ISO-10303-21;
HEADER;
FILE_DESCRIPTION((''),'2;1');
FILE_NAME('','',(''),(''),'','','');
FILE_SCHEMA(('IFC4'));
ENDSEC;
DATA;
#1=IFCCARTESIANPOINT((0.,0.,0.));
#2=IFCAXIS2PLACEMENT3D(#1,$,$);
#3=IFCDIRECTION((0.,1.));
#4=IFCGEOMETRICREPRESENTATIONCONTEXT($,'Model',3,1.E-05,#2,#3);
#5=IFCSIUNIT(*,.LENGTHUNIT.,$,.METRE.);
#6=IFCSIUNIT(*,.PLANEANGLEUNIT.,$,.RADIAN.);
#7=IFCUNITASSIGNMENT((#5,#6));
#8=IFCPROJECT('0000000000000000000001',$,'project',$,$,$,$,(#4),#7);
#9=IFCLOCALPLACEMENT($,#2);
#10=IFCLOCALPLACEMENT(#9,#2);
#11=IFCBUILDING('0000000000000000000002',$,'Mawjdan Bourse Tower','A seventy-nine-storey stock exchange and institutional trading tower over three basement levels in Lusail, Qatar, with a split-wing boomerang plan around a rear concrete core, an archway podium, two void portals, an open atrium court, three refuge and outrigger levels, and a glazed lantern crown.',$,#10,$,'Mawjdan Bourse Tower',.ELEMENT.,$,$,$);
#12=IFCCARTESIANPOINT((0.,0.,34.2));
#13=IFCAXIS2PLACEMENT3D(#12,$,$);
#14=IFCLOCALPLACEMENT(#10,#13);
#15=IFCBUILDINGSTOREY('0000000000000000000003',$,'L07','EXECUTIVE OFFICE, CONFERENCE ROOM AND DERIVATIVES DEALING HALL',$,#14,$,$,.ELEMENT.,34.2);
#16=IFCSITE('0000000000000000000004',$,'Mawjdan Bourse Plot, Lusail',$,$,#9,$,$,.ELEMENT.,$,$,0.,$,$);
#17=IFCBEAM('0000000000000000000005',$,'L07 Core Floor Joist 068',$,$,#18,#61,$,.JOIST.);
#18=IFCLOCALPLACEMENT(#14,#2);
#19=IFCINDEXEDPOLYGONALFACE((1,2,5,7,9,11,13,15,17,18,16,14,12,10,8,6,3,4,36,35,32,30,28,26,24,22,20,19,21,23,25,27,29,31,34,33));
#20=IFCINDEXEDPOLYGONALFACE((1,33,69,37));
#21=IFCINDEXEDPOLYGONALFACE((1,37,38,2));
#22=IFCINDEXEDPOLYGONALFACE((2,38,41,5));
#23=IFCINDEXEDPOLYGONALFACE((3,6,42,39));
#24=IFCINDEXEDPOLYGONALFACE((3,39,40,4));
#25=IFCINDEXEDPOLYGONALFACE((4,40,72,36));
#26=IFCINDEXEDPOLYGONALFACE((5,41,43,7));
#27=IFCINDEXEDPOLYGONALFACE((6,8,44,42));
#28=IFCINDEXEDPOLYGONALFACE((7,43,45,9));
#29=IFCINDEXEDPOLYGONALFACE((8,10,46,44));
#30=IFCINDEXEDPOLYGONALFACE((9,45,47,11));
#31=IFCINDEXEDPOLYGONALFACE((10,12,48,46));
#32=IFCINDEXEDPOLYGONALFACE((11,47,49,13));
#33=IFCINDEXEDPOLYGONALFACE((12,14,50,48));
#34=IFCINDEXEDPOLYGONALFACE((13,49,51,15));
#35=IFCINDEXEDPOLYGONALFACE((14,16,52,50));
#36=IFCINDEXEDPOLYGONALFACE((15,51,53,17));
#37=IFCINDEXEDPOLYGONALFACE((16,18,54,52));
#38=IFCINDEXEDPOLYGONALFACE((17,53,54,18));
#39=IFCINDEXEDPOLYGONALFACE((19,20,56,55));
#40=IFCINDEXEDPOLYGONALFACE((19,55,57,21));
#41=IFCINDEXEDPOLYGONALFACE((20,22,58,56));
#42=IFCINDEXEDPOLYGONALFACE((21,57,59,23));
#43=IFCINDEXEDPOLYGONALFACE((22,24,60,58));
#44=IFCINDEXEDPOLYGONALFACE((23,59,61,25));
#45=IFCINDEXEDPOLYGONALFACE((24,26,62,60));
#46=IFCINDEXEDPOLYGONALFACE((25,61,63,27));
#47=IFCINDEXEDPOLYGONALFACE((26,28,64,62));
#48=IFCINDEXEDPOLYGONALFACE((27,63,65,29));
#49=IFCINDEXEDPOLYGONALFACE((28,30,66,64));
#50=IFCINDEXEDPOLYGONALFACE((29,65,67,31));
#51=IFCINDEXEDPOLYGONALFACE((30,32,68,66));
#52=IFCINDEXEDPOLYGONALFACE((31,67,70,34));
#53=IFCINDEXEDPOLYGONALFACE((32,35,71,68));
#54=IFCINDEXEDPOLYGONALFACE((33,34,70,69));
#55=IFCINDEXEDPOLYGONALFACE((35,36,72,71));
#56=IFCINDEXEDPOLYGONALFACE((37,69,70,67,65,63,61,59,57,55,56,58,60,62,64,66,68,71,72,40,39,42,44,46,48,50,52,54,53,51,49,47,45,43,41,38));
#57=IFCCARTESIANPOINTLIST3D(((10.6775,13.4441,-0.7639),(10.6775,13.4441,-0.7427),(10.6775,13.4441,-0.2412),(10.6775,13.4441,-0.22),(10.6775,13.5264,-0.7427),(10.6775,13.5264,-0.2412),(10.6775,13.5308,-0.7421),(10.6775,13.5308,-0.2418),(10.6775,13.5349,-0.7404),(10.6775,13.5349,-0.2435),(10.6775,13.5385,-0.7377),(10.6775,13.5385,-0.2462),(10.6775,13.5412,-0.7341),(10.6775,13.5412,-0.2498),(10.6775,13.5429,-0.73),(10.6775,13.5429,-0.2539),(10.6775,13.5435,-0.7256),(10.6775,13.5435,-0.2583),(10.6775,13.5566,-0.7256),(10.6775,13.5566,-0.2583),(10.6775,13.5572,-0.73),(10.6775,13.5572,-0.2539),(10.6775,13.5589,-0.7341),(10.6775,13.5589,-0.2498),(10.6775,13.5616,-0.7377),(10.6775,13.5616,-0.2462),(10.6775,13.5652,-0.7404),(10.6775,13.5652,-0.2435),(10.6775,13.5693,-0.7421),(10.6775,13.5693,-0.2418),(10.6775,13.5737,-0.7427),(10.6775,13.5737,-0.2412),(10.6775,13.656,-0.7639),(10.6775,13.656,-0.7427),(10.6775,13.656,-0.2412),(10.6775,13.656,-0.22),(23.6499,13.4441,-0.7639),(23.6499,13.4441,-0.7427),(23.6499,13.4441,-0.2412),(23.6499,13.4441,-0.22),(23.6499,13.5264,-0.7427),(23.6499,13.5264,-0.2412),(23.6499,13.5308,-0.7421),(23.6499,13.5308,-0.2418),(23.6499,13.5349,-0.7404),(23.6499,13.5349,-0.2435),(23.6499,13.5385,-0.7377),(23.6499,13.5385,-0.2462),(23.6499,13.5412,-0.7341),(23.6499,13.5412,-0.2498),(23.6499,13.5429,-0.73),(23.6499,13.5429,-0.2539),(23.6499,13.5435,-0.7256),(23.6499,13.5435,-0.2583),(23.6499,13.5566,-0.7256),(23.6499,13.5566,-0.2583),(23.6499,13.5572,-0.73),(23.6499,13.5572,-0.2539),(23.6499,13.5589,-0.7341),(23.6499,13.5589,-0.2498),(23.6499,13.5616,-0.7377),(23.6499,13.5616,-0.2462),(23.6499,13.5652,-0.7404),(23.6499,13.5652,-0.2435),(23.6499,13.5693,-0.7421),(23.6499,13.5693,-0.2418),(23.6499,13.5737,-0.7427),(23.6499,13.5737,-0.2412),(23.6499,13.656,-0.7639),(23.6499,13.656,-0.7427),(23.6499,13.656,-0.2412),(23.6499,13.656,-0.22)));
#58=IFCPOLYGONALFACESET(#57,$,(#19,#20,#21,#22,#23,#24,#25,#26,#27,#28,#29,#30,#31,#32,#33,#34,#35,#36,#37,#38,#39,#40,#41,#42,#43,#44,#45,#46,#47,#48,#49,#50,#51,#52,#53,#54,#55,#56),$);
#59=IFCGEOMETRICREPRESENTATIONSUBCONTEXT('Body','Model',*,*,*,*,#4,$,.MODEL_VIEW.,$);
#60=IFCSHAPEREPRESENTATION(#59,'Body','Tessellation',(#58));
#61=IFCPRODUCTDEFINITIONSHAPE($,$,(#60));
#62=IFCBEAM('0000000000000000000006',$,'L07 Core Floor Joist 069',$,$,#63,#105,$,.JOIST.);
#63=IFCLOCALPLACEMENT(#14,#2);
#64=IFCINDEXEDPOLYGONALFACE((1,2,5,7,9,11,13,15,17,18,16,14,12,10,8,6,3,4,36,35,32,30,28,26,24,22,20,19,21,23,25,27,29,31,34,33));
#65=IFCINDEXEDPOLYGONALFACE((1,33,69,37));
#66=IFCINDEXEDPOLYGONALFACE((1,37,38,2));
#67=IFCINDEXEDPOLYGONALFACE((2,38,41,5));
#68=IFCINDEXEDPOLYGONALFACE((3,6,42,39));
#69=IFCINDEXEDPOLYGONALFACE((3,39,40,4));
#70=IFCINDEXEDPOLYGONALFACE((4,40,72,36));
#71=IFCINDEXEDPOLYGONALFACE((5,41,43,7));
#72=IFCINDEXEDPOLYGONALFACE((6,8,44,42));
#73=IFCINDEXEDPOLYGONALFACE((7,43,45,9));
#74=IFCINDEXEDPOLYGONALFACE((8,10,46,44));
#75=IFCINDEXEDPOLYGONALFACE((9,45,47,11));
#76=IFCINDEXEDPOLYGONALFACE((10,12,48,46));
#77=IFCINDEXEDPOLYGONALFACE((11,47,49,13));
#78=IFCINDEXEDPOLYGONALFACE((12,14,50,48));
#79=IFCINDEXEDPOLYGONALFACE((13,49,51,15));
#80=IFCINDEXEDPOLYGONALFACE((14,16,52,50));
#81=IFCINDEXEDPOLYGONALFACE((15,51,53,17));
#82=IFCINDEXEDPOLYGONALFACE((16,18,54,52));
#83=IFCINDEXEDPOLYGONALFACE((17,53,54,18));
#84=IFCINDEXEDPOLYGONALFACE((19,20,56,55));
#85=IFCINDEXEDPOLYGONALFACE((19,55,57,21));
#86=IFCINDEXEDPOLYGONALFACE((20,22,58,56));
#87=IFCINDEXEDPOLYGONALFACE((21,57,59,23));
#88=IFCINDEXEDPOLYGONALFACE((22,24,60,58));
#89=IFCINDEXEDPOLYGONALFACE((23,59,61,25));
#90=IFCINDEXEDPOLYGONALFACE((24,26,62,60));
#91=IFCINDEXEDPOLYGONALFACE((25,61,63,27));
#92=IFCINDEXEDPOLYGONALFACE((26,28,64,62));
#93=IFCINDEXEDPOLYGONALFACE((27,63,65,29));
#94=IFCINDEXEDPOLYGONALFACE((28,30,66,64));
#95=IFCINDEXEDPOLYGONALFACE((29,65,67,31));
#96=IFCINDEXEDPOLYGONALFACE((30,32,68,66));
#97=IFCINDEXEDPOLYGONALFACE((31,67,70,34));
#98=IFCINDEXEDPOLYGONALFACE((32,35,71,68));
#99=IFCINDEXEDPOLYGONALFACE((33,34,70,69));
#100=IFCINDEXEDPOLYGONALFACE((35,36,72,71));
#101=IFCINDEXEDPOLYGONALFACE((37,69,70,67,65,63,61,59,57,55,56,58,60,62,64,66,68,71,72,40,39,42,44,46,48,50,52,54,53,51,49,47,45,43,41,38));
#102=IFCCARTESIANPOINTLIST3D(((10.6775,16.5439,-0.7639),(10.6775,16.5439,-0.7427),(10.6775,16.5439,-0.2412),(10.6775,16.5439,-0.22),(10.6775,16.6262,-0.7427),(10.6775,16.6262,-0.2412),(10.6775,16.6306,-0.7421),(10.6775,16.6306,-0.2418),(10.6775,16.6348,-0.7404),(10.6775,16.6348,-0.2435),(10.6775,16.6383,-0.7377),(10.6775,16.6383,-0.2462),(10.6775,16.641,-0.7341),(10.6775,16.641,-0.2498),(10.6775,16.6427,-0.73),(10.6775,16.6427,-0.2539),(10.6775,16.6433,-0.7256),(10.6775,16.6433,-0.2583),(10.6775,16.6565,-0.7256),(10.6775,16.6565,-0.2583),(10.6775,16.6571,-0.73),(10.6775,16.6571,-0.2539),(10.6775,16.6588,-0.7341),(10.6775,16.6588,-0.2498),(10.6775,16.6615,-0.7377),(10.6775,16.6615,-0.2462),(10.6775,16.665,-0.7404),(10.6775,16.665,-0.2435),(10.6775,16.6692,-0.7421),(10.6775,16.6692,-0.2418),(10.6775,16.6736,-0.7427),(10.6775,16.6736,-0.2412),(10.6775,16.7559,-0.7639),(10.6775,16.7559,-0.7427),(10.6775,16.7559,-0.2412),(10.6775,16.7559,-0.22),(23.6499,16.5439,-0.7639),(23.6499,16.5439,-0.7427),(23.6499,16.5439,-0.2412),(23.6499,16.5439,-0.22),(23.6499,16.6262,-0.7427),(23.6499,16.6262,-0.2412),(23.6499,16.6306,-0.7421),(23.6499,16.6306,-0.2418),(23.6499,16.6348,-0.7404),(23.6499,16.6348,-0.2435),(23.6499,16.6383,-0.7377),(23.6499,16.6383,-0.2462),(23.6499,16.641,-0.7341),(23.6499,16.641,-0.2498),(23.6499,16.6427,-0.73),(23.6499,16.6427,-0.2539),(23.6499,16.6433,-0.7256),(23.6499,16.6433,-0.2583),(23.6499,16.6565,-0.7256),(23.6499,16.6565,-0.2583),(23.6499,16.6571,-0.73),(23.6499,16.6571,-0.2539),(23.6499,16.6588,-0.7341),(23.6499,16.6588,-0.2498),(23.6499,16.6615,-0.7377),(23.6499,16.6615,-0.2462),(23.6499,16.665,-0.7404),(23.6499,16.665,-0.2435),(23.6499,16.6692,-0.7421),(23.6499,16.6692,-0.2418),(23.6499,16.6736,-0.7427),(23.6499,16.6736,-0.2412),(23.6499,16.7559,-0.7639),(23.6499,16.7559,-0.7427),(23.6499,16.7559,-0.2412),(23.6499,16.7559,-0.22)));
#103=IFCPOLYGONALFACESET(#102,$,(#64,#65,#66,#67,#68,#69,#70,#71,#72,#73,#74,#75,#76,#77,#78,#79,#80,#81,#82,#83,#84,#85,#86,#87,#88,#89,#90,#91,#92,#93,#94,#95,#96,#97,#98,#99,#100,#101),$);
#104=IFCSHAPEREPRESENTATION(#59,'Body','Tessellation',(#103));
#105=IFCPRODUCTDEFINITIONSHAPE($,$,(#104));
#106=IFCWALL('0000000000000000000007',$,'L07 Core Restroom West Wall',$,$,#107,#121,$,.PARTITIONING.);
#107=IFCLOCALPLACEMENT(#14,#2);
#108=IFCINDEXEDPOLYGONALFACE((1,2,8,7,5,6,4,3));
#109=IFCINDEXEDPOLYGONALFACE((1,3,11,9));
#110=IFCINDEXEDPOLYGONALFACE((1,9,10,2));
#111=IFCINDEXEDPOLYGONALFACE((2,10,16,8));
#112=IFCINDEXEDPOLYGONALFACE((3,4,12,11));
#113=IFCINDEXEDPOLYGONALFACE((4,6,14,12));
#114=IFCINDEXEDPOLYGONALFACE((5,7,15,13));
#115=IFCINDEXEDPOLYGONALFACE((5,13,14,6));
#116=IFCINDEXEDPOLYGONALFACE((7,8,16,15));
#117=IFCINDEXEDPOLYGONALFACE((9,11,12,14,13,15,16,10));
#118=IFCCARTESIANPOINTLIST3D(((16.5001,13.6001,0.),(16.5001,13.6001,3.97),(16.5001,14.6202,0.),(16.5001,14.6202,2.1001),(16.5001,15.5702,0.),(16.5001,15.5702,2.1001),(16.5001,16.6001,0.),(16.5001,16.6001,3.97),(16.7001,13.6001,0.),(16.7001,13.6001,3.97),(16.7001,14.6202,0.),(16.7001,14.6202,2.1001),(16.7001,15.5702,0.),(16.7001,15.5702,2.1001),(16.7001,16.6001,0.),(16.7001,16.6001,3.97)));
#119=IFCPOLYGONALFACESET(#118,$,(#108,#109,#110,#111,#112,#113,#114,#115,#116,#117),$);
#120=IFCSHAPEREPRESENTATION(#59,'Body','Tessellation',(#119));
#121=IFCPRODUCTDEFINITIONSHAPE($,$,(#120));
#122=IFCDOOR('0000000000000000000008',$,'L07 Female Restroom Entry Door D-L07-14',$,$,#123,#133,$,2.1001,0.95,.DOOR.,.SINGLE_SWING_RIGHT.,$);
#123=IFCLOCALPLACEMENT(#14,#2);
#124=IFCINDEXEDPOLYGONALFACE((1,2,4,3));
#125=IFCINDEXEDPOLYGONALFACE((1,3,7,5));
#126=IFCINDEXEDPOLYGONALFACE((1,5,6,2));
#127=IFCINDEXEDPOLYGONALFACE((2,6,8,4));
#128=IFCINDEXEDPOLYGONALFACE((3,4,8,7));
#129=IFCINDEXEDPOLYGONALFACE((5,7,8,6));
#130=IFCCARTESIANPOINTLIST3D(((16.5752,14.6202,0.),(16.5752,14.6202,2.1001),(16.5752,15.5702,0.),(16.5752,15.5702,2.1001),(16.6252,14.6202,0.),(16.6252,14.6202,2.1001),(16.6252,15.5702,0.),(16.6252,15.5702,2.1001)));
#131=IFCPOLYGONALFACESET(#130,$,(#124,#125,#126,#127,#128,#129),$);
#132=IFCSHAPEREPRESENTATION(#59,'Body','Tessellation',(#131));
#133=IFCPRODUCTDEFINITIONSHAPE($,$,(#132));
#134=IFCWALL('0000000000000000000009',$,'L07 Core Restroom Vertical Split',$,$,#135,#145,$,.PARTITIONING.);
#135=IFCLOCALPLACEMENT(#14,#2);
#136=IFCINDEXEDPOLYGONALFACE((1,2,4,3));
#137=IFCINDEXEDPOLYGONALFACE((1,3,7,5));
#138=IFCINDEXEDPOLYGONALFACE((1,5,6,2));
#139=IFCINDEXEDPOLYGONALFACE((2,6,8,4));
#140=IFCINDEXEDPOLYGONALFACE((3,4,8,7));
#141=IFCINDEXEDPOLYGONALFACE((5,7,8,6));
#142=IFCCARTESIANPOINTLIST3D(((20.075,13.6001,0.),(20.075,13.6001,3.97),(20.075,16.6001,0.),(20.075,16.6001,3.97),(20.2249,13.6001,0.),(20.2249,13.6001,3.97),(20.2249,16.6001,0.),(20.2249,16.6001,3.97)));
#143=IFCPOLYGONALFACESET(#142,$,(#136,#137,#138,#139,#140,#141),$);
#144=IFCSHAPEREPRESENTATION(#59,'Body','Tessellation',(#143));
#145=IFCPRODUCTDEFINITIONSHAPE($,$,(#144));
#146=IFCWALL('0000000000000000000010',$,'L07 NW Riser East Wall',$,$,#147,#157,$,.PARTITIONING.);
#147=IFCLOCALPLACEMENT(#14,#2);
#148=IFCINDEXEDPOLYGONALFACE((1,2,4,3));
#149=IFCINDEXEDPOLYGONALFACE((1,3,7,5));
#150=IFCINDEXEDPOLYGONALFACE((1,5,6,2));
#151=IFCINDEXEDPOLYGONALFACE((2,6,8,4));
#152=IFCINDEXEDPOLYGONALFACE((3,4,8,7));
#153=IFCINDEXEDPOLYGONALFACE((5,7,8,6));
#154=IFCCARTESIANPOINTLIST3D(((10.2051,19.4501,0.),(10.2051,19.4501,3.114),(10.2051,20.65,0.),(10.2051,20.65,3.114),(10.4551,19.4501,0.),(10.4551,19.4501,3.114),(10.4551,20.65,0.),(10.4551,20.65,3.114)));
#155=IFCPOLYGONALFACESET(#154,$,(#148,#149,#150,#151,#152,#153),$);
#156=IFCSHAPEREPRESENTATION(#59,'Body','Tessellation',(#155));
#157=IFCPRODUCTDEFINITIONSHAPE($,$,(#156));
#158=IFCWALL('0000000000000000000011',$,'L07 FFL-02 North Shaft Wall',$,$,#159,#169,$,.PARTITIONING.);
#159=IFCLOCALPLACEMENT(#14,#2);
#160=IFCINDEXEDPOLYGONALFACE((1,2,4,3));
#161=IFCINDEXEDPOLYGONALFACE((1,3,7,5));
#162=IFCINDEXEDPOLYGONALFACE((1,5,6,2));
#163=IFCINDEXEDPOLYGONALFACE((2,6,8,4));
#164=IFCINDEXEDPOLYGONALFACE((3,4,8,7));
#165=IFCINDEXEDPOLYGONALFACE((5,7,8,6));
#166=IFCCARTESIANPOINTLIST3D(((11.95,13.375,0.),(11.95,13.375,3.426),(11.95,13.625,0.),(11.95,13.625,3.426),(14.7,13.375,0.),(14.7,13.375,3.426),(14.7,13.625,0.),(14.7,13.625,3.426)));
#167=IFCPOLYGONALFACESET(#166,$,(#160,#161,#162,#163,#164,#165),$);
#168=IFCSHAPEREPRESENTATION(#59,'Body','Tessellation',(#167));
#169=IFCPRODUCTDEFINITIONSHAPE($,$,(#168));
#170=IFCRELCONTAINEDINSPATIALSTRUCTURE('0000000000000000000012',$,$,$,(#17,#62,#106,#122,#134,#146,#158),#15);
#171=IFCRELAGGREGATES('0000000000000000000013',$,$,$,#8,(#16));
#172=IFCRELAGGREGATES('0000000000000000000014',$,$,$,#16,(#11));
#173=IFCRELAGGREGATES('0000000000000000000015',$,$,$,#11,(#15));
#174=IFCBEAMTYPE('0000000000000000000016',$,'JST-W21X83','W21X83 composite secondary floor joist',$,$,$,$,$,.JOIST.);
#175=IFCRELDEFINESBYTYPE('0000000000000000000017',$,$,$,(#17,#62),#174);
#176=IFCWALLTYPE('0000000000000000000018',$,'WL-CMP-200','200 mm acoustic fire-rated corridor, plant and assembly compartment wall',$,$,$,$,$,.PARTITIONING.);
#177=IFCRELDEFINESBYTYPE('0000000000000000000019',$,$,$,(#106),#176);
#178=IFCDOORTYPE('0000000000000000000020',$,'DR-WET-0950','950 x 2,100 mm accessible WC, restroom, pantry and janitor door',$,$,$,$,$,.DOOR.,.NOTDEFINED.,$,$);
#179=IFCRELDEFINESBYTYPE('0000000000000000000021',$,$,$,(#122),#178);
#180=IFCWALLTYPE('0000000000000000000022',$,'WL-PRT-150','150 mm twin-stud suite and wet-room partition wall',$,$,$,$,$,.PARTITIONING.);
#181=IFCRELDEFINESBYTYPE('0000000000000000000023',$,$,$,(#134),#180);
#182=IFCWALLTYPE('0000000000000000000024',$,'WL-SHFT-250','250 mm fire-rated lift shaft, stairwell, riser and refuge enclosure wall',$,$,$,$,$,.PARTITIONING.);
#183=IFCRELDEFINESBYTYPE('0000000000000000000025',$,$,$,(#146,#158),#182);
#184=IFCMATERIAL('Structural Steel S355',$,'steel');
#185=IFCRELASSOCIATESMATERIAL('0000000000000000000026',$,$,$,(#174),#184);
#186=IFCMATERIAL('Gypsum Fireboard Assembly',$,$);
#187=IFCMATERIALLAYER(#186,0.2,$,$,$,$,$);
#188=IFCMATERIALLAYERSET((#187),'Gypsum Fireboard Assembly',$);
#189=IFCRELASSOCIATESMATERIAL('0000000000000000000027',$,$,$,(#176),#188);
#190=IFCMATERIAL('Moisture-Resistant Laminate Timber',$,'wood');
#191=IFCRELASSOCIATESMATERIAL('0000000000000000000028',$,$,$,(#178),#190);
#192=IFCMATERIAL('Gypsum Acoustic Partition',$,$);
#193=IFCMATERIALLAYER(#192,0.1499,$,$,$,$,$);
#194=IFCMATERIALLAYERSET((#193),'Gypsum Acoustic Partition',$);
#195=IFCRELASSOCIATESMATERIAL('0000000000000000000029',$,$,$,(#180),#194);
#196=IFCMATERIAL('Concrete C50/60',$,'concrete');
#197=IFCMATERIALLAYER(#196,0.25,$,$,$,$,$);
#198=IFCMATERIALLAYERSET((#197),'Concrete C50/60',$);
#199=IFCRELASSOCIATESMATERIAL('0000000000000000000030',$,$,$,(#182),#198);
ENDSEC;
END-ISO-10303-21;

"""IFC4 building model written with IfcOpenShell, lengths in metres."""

from ifc_helpers import new_model, si_unit, direction, frame, frame_2d, origin, origin_2d, place, context, subcontext, project, spatial, rectangle, i_section, extrude, material, layer, layer_set, material_profile, profile_set, type_object, element, fill, save


model = new_model("IFC4")

# Units and contexts
model_context = context("Model", 3, precision=1e-05, world=origin(), true_north=direction((0.0, 1.0)))
body_context = subcontext(model_context, "Body", "Model", "MODEL_VIEW")
ifc_project = project(units=[si_unit("LENGTHUNIT", "METRE"), si_unit("PLANEANGLEUNIT", "RADIAN")], contexts=[model_context])

# Site, building, storey
site_placement = place(None, origin())
site = spatial("IfcSite", under=ifc_project, at=site_placement, Name="Mawjdan Bourse Plot, Lusail", CompositionType="ELEMENT", RefElevation=0.0)
building_placement = place(site_placement, origin())
building = spatial("IfcBuilding", under=site, at=building_placement, Name="Mawjdan Bourse Tower", Description="A seventy-nine-storey stock exchange and institutional trading tower over three basement levels in Lusail, Qatar, with a split-wing boomerang plan around a rear concrete core, an archway podium, two void portals, an open atrium court, three refuge and outrigger levels, and a glazed lantern crown.", LongName="Mawjdan Bourse Tower", CompositionType="ELEMENT")
storey_placement = place(building_placement, frame((0.0, 0.0, 34.2)))
storey = spatial("IfcBuildingStorey", under=building, at=storey_placement, Name="L07", Description="EXECUTIVE OFFICE, CONFERENCE ROOM AND DERIVATIVES DEALING HALL", CompositionType="ELEMENT", Elevation=34.2)

# Beams
ifc_material_1 = material(Name="Structural Steel S355", Category="steel")
ifc_material_profile = material_profile(ifc_material_1, i_section(OverallWidth=0.2119, OverallDepth=0.5439, WebThickness=0.0132, FlangeThickness=0.0212, FilletRadius=0.0171, at=origin_2d()), Name="W21X83")
ifc_profile_set = profile_set([ifc_material_profile], Name="Structural Steel S355")
beam_type = type_object("IfcBeamType", Name="JST-W21X83", Description="W21X83 composite secondary floor joist", PredefinedType="JOIST", material=ifc_profile_set)
for number, where, z_axis, x_axis, name in (
    (1, (10.6775, 13.55, -0.4919), (1.0, 0.0, 0.0), (0.0, 1.0, 0.0), "L07 Core Floor Joist 068"),
    (2, (10.6775, 16.6499, -0.4919), (1.0, 0.0, 0.0), (0.0, 1.0, 0.0), "L07 Core Floor Joist 069"),
):
    element("IfcBeam", number, at=place(storey_placement, frame(where, z_axis=z_axis, x_axis=x_axis)), inside=storey, type_object=beam_type, Name=name, PredefinedType="JOIST", context=body_context, shape_type="SweptSolid", body=[
        extrude(i_section(OverallWidth=0.2119, OverallDepth=0.5439, WebThickness=0.0132, FlangeThickness=0.0212, FilletRadius=0.0171, at=origin_2d()), origin(), (0.0, 0.0, 1.0), 12.9724),
    ])

# Wall, opening, door
ifc_material_2 = material(Name="Gypsum Fireboard Assembly")
ifc_layer_1 = layer(ifc_material_2, 0.2)
ifc_layer_set_1 = layer_set([ifc_layer_1], Name="Gypsum Fireboard Assembly")
wall_type_1 = type_object("IfcWallType", Name="WL-CMP-200", Description="200 mm acoustic fire-rated corridor, plant and assembly compartment wall", PredefinedType="PARTITIONING", material=ifc_layer_set_1)
wall_1_placement = place(storey_placement, frame((16.6001, 13.6001, 0.0), z_axis=(0.0, 0.0, 1.0), x_axis=(0.0, 1.0, 0.0)))
wall_1 = element("IfcWall", 3, at=wall_1_placement, inside=storey, type_object=wall_type_1, Name="L07 Core Restroom West Wall", PredefinedType="PARTITIONING", context=body_context, shape_type="SweptSolid", body=[
    extrude(rectangle(XDim=3.0, YDim=0.2, at=frame_2d((1.5, 0.0))), origin(), (0.0, 0.0, 1.0), 3.97),
])
opening_1_placement = place(wall_1_placement, frame((1.02, 0.0, 0.0)))
opening_1 = element("IfcOpeningElement", 4, at=opening_1_placement, cuts=wall_1, PredefinedType="OPENING", context=body_context, shape_type="SweptSolid", body=[
    extrude(rectangle(XDim=0.95, YDim=2.1001, at=frame_2d((0.4751, 1.05))), frame((0.0, 0.1099, 0.0), z_axis=(0.0, -1.0, 0.0), x_axis=(1.0, 0.0, 0.0)), (0.0, 0.0, 1.0), 0.22),
])
ifc_material_3 = material(Name="Moisture-Resistant Laminate Timber", Category="wood")
door_type_1 = type_object("IfcDoorType", Name="DR-WET-0950", Description="950 x 2,100 mm accessible WC, restroom, pantry and janitor door", OperationType="NOTDEFINED", PredefinedType="DOOR", material=ifc_material_3)
door_1_placement = place(opening_1_placement, origin())
door_1 = element("IfcDoor", 5, at=door_1_placement, inside=storey, type_object=door_type_1, Name="L07 Female Restroom Entry Door D-L07-14", OperationType="SINGLE_SWING_RIGHT", OverallHeight=2.1001, OverallWidth=0.95, PredefinedType="DOOR", context=body_context, shape_type="SweptSolid", body=[
    extrude(rectangle(XDim=0.95, YDim=2.1001, at=frame_2d((0.4751, 1.05))), frame((0.0, 0.0249, 0.0), z_axis=(0.0, -1.0, 0.0), x_axis=(1.0, 0.0, 0.0)), (0.0, 0.0, 1.0), 0.05),
])
fill(opening_1, door_1)

# Walls
ifc_material_4 = material(Name="Gypsum Acoustic Partition")
ifc_layer_2 = layer(ifc_material_4, 0.1499)
ifc_layer_set_2 = layer_set([ifc_layer_2], Name="Gypsum Acoustic Partition")
wall_type_2 = type_object("IfcWallType", Name="WL-PRT-150", Description="150 mm twin-stud suite and wet-room partition wall", PredefinedType="PARTITIONING", material=ifc_layer_set_2)
wall_2_placement = place(storey_placement, frame((20.1499, 13.6001, 0.0), z_axis=(0.0, 0.0, 1.0), x_axis=(0.0, 1.0, 0.0)))
element("IfcWall", 6, at=wall_2_placement, inside=storey, type_object=wall_type_2, Name="L07 Core Restroom Vertical Split", PredefinedType="PARTITIONING", context=body_context, shape_type="SweptSolid", body=[
    extrude(rectangle(XDim=3.0, YDim=0.1499, at=frame_2d((1.5, 0.0))), origin(), (0.0, 0.0, 1.0), 3.97),
])
ifc_material_5 = material(Name="Concrete C50/60", Category="concrete")
ifc_layer_3 = layer(ifc_material_5, 0.25)
ifc_layer_set_3 = layer_set([ifc_layer_3], Name="Concrete C50/60")
wall_type_3 = type_object("IfcWallType", Name="WL-SHFT-250", Description="250 mm fire-rated lift shaft, stairwell, riser and refuge enclosure wall", PredefinedType="PARTITIONING", material=ifc_layer_set_3)
wall_3_placement = place(storey_placement, frame((10.3301, 19.45, 0.0), z_axis=(0.0, 0.0, 1.0), x_axis=(0.0, 1.0, 0.0)))
element("IfcWall", 7, at=wall_3_placement, inside=storey, type_object=wall_type_3, Name="L07 NW Riser East Wall", PredefinedType="PARTITIONING", context=body_context, shape_type="SweptSolid", body=[
    extrude(rectangle(XDim=1.2, YDim=0.25, at=frame_2d((0.6001, 0.0))), origin(), (0.0, 0.0, 1.0), 3.114),
])
wall_4_placement = place(storey_placement, frame((11.95, 13.5, 0.0), z_axis=(0.0, 0.0, 1.0), x_axis=(1.0, 0.0, 0.0)))
element("IfcWall", 8, at=wall_4_placement, inside=storey, type_object=wall_type_3, Name="L07 FFL-02 North Shaft Wall", PredefinedType="PARTITIONING", context=body_context, shape_type="SweptSolid", body=[
    extrude(rectangle(XDim=2.75, YDim=0.25, at=frame_2d((1.375, 0.0))), origin(), (0.0, 0.0, 1.0), 3.426),
])

save(model, "model.ifc")
